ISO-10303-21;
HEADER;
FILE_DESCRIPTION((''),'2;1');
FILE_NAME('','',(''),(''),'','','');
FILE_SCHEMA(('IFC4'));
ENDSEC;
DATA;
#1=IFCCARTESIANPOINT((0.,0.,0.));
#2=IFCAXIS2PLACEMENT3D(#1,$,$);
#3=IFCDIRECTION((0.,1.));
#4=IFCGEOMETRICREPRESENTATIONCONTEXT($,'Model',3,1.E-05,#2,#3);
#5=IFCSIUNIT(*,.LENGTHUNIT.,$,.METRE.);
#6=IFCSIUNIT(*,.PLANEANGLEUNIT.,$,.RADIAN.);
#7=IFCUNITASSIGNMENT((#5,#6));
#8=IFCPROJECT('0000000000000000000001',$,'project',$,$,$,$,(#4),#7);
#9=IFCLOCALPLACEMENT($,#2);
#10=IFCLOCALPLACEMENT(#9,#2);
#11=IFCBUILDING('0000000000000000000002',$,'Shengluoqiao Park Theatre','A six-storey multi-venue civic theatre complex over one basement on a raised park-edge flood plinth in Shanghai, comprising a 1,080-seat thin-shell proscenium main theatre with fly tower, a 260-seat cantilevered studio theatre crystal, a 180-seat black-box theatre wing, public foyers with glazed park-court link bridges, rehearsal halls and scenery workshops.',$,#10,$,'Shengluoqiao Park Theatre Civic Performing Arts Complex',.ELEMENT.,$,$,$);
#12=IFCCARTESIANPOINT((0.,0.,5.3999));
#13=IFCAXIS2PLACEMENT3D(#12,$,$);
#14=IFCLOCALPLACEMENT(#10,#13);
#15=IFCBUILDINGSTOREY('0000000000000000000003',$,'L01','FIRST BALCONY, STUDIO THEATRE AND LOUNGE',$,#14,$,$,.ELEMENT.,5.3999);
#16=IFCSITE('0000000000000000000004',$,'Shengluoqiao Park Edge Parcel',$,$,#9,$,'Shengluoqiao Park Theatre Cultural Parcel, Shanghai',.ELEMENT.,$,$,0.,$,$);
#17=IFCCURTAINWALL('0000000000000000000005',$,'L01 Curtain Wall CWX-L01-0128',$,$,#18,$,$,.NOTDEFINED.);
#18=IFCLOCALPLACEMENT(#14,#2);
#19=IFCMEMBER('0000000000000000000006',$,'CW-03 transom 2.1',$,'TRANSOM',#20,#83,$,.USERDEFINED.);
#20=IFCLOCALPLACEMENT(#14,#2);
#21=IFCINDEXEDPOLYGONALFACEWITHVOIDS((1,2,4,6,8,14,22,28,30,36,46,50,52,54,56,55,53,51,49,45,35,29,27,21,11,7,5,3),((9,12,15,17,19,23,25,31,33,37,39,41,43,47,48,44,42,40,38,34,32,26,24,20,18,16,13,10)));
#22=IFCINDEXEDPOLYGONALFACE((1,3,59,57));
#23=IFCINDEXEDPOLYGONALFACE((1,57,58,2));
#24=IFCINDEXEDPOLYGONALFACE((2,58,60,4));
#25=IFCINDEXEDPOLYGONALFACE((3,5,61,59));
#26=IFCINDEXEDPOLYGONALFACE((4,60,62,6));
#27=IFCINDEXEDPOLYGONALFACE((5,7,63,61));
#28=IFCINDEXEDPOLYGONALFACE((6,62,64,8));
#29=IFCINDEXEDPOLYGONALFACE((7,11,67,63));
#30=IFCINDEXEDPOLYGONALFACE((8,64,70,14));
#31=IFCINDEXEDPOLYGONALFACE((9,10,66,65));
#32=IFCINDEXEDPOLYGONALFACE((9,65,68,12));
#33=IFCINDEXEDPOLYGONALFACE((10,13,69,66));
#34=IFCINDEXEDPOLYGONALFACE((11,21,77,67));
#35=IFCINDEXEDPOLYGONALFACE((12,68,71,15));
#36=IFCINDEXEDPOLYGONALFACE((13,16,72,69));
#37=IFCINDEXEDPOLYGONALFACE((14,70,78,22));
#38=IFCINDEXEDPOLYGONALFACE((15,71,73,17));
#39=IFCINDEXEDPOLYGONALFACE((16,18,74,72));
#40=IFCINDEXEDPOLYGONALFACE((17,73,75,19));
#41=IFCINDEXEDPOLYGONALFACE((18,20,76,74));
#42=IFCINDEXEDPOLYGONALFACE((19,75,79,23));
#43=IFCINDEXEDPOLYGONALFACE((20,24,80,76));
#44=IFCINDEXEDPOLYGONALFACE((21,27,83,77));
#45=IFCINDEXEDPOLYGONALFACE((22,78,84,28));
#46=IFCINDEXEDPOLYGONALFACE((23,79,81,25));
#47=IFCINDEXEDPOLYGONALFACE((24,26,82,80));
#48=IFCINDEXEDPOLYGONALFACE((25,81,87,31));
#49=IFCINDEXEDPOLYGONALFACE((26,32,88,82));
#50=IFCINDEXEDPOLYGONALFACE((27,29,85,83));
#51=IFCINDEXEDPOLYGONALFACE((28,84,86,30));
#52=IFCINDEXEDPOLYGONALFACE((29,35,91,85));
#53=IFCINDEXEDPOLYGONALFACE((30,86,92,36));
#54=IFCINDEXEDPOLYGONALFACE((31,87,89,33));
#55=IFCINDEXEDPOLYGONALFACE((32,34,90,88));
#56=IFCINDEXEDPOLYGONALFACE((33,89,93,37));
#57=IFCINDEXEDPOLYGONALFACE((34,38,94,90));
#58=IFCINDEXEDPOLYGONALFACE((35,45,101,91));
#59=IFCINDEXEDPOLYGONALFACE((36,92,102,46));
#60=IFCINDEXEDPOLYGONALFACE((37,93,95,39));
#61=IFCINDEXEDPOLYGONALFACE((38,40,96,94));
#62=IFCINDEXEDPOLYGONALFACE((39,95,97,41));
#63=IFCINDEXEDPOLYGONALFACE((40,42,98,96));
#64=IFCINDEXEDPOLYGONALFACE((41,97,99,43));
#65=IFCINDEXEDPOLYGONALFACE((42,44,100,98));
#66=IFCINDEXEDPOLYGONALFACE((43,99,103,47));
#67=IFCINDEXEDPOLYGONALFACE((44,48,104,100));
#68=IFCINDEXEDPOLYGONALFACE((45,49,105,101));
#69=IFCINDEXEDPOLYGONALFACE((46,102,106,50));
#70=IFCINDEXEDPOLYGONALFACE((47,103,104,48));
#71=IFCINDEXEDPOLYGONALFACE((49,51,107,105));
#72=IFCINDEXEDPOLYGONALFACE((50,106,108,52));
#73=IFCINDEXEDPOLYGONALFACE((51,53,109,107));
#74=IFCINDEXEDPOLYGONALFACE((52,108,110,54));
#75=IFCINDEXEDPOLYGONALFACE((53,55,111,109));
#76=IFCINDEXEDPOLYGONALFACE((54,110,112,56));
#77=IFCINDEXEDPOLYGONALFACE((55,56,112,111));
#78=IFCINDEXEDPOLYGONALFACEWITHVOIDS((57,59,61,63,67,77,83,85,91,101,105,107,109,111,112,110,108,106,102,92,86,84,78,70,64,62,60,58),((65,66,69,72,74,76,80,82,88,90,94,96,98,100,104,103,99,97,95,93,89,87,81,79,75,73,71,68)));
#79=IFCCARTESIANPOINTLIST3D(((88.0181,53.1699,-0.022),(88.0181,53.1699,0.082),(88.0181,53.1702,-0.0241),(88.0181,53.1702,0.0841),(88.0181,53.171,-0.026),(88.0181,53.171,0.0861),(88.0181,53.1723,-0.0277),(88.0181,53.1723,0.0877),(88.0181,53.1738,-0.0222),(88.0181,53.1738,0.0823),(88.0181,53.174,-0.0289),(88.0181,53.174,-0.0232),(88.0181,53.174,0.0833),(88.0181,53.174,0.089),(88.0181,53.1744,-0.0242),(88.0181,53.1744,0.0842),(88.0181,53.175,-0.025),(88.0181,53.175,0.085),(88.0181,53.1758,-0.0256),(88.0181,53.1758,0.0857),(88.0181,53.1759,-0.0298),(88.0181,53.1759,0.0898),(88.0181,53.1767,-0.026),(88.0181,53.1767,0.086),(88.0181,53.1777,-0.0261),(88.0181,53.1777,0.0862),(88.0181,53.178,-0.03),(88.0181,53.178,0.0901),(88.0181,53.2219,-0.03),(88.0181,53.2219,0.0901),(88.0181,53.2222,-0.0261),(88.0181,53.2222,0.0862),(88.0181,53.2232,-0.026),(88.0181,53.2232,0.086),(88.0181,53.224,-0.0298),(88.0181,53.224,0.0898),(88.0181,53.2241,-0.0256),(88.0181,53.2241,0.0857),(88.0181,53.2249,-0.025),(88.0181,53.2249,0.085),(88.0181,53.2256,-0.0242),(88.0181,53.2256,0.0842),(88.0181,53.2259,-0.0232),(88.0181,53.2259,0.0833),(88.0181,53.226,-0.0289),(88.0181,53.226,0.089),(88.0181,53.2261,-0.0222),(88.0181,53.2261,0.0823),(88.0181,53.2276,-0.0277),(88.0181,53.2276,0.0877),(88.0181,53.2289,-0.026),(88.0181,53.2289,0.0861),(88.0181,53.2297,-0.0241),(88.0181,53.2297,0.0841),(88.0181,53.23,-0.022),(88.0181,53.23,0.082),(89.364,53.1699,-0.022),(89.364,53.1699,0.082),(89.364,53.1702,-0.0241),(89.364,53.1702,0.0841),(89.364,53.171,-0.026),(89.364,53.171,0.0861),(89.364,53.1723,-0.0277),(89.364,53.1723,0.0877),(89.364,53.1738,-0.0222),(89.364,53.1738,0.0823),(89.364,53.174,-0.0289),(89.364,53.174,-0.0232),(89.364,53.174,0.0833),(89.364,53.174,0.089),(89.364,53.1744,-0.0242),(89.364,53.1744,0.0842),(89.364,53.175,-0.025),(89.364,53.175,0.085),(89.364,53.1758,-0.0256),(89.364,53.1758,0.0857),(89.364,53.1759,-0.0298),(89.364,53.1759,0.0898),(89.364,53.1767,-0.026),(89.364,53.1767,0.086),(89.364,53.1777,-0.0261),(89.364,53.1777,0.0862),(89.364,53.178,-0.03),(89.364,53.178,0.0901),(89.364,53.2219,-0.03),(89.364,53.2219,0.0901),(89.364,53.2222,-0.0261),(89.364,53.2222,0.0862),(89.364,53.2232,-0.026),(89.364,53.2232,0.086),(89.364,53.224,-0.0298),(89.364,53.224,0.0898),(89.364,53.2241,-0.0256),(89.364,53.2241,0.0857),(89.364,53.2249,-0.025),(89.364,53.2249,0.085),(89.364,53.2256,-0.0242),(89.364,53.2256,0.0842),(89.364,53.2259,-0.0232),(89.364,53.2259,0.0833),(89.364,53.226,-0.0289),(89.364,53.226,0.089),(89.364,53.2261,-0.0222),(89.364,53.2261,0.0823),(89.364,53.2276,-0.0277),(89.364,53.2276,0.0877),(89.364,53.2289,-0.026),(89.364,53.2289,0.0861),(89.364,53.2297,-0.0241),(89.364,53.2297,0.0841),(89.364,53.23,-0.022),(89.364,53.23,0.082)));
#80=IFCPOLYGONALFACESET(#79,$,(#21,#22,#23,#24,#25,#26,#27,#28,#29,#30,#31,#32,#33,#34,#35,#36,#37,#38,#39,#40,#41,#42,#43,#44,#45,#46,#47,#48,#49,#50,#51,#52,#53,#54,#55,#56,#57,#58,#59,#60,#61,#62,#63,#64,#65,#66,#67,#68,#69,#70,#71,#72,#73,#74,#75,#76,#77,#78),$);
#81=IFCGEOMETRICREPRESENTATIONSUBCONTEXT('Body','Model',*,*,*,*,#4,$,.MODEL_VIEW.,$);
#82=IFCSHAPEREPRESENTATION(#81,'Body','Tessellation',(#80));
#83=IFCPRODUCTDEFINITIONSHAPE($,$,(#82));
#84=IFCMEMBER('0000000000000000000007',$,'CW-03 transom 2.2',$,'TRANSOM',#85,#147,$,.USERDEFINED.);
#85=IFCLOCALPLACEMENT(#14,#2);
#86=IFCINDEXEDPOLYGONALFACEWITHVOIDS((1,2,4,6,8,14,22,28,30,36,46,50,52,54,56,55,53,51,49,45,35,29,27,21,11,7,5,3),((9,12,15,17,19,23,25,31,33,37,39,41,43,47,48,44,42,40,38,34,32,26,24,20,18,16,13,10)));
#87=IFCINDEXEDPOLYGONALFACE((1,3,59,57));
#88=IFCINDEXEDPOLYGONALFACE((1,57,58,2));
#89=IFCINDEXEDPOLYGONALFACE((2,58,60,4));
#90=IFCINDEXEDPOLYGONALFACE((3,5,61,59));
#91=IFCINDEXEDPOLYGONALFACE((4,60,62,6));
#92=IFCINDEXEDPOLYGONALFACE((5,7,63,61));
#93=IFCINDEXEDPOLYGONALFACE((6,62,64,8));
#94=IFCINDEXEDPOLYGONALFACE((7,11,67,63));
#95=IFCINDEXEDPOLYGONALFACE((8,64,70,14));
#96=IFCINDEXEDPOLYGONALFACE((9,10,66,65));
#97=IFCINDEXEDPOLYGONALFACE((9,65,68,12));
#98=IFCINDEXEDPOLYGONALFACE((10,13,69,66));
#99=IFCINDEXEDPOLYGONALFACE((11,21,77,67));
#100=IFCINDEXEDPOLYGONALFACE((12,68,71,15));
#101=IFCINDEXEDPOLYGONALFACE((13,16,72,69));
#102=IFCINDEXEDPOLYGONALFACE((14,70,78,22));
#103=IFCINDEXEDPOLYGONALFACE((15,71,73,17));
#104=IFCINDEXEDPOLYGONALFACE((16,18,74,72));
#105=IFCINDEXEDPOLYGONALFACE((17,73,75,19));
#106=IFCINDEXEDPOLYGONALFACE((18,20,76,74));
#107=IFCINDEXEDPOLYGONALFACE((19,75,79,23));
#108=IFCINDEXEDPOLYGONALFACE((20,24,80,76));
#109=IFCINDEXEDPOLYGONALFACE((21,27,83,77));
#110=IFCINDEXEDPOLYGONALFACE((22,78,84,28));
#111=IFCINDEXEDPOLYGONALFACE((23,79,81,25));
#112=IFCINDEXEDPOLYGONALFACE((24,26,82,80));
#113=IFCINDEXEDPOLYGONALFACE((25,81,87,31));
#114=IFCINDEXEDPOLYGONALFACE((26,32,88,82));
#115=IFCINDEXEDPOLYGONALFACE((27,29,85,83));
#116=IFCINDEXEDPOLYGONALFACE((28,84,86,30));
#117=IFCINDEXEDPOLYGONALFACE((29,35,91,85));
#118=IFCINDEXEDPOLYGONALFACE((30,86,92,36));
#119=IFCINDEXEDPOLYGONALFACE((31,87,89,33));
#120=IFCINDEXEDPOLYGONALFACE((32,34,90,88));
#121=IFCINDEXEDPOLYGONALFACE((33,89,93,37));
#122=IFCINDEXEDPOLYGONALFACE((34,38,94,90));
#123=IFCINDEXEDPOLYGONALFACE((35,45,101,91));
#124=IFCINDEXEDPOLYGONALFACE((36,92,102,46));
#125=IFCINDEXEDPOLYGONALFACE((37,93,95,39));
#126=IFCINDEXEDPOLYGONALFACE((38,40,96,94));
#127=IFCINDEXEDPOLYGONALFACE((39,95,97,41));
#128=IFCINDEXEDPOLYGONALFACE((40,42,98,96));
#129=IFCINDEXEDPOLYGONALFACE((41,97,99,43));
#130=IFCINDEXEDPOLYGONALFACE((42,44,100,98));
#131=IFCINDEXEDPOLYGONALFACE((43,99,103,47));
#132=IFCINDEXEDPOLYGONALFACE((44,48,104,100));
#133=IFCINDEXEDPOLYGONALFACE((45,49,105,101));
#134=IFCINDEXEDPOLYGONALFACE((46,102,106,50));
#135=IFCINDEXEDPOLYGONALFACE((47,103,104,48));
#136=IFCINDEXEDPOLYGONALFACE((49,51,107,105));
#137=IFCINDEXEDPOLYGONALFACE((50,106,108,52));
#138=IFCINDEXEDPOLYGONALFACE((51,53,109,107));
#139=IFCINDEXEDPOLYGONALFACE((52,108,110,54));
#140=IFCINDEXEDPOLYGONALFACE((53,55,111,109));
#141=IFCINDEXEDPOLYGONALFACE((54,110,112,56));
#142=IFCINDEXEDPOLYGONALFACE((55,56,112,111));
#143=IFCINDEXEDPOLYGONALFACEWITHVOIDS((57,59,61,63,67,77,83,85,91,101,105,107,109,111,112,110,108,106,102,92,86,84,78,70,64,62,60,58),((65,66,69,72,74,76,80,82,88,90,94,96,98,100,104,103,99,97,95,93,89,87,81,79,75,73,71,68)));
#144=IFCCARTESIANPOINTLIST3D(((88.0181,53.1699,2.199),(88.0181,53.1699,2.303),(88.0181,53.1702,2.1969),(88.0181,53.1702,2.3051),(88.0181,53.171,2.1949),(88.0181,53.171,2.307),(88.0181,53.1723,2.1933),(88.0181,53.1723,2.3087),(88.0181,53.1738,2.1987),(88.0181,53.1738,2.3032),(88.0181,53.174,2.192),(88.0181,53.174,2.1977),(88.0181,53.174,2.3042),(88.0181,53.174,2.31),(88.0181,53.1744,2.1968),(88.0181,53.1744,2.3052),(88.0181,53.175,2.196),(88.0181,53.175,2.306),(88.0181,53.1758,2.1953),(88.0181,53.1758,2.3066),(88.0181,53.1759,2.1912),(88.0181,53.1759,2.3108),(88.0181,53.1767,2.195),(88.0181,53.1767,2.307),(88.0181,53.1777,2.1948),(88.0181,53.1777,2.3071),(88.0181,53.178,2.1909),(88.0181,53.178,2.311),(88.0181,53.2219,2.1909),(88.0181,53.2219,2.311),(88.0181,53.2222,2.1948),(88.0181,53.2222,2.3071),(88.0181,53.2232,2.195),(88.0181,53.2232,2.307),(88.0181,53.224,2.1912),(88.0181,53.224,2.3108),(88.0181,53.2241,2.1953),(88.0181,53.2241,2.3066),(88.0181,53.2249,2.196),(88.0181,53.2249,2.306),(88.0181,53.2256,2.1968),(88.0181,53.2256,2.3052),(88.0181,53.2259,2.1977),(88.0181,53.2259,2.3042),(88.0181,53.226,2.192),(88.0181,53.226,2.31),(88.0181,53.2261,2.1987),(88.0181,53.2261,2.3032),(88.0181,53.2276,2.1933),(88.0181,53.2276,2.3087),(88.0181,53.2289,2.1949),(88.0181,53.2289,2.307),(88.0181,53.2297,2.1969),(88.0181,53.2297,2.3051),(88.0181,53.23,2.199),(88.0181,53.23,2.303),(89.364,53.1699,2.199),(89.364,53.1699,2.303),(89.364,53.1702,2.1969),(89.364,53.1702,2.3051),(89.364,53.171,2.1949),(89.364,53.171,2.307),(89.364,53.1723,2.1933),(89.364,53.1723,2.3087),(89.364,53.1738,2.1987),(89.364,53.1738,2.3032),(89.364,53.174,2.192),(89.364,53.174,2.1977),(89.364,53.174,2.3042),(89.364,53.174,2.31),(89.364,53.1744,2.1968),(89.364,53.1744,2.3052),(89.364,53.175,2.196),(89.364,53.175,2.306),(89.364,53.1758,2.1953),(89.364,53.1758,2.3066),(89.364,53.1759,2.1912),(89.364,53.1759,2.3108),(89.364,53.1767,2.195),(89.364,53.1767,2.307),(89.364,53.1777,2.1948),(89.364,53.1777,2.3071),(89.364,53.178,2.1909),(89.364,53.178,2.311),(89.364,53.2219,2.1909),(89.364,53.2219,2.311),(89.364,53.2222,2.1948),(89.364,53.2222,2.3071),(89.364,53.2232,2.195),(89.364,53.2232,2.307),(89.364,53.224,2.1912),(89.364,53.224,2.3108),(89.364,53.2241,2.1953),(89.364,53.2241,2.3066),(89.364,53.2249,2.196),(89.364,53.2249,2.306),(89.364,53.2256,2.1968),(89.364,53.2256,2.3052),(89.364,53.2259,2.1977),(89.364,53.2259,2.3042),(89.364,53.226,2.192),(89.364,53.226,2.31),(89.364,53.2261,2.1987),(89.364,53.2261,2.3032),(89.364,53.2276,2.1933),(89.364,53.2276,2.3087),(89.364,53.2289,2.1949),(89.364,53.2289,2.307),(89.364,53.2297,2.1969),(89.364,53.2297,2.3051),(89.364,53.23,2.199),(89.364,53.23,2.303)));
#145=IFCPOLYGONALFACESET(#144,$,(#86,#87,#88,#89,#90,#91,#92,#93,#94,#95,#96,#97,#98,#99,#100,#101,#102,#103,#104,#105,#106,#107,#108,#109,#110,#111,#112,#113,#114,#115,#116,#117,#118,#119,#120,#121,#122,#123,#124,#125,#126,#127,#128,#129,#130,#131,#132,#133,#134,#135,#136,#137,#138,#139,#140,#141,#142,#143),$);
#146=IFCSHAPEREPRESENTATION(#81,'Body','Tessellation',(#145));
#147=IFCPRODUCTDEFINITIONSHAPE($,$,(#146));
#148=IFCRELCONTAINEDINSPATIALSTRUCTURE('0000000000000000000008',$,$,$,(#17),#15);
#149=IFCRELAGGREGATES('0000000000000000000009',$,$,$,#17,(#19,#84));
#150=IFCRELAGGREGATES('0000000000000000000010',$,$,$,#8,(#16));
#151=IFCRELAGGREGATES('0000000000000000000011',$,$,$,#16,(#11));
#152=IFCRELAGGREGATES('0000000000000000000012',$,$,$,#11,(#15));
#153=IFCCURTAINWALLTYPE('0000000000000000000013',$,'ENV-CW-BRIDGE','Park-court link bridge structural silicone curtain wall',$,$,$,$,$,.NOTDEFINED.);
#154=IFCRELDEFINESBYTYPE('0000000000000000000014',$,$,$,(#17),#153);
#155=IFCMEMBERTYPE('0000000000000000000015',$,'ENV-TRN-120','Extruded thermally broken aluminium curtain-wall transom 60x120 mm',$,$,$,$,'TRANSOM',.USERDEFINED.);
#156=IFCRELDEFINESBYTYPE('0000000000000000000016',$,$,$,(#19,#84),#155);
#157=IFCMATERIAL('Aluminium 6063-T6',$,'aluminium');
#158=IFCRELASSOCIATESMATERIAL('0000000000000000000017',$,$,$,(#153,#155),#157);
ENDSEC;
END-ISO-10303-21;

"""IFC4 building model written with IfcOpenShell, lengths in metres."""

from ifc_helpers import new_model, si_unit, direction, frame, origin, origin_2d, place, context, subcontext, project, spatial, hollow_rectangle, extrude, material, material_profile, profile_set, type_object, element, aggregate, save


model = new_model("IFC4")

# Units and contexts
model_context = context("Model", 3, precision=1e-05, world=origin(), true_north=direction((0.0, 1.0)))
body_context = subcontext(model_context, "Body", "Model", "MODEL_VIEW")
ifc_project = project(units=[si_unit("LENGTHUNIT", "METRE"), si_unit("PLANEANGLEUNIT", "RADIAN")], contexts=[model_context])

# Site, building, storey
site_placement = place(None, origin())
site = spatial("IfcSite", under=ifc_project, at=site_placement, Name="Shengluoqiao Park Edge Parcel", LongName="Shengluoqiao Park Theatre Cultural Parcel, Shanghai", CompositionType="ELEMENT", RefElevation=0.0)
building_placement = place(site_placement, origin())
building = spatial("IfcBuilding", under=site, at=building_placement, Name="Shengluoqiao Park Theatre", Description="A six-storey multi-venue civic theatre complex over one basement on a raised park-edge flood plinth in Shanghai, comprising a 1,080-seat thin-shell proscenium main theatre with fly tower, a 260-seat cantilevered studio theatre crystal, a 180-seat black-box theatre wing, public foyers with glazed park-court link bridges, rehearsal halls and scenery workshops.", LongName="Shengluoqiao Park Theatre Civic Performing Arts Complex", CompositionType="ELEMENT")
storey_placement = place(building_placement, frame((0.0, 0.0, 5.3999)))
storey = spatial("IfcBuildingStorey", under=building, at=storey_placement, Name="L01", Description="FIRST BALCONY, STUDIO THEATRE AND LOUNGE", CompositionType="ELEMENT", Elevation=5.3999)

# Shared definitions
ifc_material_1 = material(Name="Aluminium 6063-T6", Category="aluminium")
curtain_wall_type = type_object("IfcCurtainWallType", Name="ENV-CW-BRIDGE", Description="Park-court link bridge structural silicone curtain wall", PredefinedType="NOTDEFINED", material=ifc_material_1)

# Curtain wall, members
curtain_wall_1_placement = place(storey_placement, origin())
curtain_wall_1 = element("IfcCurtainWall", 1, at=curtain_wall_1_placement, inside=storey, type_object=curtain_wall_type, Name="L01 Curtain Wall CWX-L01-0128", PredefinedType="NOTDEFINED")
ifc_material_profile_1 = material_profile(ifc_material_1, hollow_rectangle(XDim=0.0601, YDim=0.1201, WallThickness=0.0039, InnerFilletRadius=0.0039, OuterFilletRadius=0.0081, at=origin_2d()), Name="ALU TRANSOM 120x60x4")
ifc_profile_set_1 = profile_set([ifc_material_profile_1], Name="Aluminium 6063-T6")
member_type_1 = type_object("IfcMemberType", Name="ENV-TRN-120", Description="Extruded thermally broken aluminium curtain-wall transom 60x120 mm", ElementType="TRANSOM", PredefinedType="USERDEFINED", material=ifc_profile_set_1)
member_1_placement = place(storey_placement, frame((88.0181, 53.2, 0.03), z_axis=(1.0, 0.0, 0.0), x_axis=(0.0, 1.0, 0.0)))
member_1 = element("IfcMember", 2, at=member_1_placement, type_object=member_type_1, Name="CW-03 transom 2.1", ObjectType="TRANSOM", PredefinedType="USERDEFINED", context=body_context, shape_type="SweptSolid", body=[
    extrude(hollow_rectangle(XDim=0.0601, YDim=0.1201, WallThickness=0.0039, InnerFilletRadius=0.0039, OuterFilletRadius=0.0081, at=origin_2d()), origin(), (0.0, 0.0, 1.0), 1.3459),
])
member_2_placement = place(storey_placement, frame((88.0181, 53.2, 2.251), z_axis=(1.0, 0.0, 0.0), x_axis=(0.0, 1.0, 0.0)))
member_2 = element("IfcMember", 3, at=member_2_placement, type_object=member_type_1, Name="CW-03 transom 2.2", ObjectType="TRANSOM", PredefinedType="USERDEFINED", context=body_context, shape_type="SweptSolid", body=[
    extrude(hollow_rectangle(XDim=0.0601, YDim=0.1201, WallThickness=0.0039, InnerFilletRadius=0.0039, OuterFilletRadius=0.0081, at=origin_2d()), origin(), (0.0, 0.0, 1.0), 1.3459),
])

aggregate(curtain_wall_1, [member_1, member_2])

save(model, "model.ifc")
